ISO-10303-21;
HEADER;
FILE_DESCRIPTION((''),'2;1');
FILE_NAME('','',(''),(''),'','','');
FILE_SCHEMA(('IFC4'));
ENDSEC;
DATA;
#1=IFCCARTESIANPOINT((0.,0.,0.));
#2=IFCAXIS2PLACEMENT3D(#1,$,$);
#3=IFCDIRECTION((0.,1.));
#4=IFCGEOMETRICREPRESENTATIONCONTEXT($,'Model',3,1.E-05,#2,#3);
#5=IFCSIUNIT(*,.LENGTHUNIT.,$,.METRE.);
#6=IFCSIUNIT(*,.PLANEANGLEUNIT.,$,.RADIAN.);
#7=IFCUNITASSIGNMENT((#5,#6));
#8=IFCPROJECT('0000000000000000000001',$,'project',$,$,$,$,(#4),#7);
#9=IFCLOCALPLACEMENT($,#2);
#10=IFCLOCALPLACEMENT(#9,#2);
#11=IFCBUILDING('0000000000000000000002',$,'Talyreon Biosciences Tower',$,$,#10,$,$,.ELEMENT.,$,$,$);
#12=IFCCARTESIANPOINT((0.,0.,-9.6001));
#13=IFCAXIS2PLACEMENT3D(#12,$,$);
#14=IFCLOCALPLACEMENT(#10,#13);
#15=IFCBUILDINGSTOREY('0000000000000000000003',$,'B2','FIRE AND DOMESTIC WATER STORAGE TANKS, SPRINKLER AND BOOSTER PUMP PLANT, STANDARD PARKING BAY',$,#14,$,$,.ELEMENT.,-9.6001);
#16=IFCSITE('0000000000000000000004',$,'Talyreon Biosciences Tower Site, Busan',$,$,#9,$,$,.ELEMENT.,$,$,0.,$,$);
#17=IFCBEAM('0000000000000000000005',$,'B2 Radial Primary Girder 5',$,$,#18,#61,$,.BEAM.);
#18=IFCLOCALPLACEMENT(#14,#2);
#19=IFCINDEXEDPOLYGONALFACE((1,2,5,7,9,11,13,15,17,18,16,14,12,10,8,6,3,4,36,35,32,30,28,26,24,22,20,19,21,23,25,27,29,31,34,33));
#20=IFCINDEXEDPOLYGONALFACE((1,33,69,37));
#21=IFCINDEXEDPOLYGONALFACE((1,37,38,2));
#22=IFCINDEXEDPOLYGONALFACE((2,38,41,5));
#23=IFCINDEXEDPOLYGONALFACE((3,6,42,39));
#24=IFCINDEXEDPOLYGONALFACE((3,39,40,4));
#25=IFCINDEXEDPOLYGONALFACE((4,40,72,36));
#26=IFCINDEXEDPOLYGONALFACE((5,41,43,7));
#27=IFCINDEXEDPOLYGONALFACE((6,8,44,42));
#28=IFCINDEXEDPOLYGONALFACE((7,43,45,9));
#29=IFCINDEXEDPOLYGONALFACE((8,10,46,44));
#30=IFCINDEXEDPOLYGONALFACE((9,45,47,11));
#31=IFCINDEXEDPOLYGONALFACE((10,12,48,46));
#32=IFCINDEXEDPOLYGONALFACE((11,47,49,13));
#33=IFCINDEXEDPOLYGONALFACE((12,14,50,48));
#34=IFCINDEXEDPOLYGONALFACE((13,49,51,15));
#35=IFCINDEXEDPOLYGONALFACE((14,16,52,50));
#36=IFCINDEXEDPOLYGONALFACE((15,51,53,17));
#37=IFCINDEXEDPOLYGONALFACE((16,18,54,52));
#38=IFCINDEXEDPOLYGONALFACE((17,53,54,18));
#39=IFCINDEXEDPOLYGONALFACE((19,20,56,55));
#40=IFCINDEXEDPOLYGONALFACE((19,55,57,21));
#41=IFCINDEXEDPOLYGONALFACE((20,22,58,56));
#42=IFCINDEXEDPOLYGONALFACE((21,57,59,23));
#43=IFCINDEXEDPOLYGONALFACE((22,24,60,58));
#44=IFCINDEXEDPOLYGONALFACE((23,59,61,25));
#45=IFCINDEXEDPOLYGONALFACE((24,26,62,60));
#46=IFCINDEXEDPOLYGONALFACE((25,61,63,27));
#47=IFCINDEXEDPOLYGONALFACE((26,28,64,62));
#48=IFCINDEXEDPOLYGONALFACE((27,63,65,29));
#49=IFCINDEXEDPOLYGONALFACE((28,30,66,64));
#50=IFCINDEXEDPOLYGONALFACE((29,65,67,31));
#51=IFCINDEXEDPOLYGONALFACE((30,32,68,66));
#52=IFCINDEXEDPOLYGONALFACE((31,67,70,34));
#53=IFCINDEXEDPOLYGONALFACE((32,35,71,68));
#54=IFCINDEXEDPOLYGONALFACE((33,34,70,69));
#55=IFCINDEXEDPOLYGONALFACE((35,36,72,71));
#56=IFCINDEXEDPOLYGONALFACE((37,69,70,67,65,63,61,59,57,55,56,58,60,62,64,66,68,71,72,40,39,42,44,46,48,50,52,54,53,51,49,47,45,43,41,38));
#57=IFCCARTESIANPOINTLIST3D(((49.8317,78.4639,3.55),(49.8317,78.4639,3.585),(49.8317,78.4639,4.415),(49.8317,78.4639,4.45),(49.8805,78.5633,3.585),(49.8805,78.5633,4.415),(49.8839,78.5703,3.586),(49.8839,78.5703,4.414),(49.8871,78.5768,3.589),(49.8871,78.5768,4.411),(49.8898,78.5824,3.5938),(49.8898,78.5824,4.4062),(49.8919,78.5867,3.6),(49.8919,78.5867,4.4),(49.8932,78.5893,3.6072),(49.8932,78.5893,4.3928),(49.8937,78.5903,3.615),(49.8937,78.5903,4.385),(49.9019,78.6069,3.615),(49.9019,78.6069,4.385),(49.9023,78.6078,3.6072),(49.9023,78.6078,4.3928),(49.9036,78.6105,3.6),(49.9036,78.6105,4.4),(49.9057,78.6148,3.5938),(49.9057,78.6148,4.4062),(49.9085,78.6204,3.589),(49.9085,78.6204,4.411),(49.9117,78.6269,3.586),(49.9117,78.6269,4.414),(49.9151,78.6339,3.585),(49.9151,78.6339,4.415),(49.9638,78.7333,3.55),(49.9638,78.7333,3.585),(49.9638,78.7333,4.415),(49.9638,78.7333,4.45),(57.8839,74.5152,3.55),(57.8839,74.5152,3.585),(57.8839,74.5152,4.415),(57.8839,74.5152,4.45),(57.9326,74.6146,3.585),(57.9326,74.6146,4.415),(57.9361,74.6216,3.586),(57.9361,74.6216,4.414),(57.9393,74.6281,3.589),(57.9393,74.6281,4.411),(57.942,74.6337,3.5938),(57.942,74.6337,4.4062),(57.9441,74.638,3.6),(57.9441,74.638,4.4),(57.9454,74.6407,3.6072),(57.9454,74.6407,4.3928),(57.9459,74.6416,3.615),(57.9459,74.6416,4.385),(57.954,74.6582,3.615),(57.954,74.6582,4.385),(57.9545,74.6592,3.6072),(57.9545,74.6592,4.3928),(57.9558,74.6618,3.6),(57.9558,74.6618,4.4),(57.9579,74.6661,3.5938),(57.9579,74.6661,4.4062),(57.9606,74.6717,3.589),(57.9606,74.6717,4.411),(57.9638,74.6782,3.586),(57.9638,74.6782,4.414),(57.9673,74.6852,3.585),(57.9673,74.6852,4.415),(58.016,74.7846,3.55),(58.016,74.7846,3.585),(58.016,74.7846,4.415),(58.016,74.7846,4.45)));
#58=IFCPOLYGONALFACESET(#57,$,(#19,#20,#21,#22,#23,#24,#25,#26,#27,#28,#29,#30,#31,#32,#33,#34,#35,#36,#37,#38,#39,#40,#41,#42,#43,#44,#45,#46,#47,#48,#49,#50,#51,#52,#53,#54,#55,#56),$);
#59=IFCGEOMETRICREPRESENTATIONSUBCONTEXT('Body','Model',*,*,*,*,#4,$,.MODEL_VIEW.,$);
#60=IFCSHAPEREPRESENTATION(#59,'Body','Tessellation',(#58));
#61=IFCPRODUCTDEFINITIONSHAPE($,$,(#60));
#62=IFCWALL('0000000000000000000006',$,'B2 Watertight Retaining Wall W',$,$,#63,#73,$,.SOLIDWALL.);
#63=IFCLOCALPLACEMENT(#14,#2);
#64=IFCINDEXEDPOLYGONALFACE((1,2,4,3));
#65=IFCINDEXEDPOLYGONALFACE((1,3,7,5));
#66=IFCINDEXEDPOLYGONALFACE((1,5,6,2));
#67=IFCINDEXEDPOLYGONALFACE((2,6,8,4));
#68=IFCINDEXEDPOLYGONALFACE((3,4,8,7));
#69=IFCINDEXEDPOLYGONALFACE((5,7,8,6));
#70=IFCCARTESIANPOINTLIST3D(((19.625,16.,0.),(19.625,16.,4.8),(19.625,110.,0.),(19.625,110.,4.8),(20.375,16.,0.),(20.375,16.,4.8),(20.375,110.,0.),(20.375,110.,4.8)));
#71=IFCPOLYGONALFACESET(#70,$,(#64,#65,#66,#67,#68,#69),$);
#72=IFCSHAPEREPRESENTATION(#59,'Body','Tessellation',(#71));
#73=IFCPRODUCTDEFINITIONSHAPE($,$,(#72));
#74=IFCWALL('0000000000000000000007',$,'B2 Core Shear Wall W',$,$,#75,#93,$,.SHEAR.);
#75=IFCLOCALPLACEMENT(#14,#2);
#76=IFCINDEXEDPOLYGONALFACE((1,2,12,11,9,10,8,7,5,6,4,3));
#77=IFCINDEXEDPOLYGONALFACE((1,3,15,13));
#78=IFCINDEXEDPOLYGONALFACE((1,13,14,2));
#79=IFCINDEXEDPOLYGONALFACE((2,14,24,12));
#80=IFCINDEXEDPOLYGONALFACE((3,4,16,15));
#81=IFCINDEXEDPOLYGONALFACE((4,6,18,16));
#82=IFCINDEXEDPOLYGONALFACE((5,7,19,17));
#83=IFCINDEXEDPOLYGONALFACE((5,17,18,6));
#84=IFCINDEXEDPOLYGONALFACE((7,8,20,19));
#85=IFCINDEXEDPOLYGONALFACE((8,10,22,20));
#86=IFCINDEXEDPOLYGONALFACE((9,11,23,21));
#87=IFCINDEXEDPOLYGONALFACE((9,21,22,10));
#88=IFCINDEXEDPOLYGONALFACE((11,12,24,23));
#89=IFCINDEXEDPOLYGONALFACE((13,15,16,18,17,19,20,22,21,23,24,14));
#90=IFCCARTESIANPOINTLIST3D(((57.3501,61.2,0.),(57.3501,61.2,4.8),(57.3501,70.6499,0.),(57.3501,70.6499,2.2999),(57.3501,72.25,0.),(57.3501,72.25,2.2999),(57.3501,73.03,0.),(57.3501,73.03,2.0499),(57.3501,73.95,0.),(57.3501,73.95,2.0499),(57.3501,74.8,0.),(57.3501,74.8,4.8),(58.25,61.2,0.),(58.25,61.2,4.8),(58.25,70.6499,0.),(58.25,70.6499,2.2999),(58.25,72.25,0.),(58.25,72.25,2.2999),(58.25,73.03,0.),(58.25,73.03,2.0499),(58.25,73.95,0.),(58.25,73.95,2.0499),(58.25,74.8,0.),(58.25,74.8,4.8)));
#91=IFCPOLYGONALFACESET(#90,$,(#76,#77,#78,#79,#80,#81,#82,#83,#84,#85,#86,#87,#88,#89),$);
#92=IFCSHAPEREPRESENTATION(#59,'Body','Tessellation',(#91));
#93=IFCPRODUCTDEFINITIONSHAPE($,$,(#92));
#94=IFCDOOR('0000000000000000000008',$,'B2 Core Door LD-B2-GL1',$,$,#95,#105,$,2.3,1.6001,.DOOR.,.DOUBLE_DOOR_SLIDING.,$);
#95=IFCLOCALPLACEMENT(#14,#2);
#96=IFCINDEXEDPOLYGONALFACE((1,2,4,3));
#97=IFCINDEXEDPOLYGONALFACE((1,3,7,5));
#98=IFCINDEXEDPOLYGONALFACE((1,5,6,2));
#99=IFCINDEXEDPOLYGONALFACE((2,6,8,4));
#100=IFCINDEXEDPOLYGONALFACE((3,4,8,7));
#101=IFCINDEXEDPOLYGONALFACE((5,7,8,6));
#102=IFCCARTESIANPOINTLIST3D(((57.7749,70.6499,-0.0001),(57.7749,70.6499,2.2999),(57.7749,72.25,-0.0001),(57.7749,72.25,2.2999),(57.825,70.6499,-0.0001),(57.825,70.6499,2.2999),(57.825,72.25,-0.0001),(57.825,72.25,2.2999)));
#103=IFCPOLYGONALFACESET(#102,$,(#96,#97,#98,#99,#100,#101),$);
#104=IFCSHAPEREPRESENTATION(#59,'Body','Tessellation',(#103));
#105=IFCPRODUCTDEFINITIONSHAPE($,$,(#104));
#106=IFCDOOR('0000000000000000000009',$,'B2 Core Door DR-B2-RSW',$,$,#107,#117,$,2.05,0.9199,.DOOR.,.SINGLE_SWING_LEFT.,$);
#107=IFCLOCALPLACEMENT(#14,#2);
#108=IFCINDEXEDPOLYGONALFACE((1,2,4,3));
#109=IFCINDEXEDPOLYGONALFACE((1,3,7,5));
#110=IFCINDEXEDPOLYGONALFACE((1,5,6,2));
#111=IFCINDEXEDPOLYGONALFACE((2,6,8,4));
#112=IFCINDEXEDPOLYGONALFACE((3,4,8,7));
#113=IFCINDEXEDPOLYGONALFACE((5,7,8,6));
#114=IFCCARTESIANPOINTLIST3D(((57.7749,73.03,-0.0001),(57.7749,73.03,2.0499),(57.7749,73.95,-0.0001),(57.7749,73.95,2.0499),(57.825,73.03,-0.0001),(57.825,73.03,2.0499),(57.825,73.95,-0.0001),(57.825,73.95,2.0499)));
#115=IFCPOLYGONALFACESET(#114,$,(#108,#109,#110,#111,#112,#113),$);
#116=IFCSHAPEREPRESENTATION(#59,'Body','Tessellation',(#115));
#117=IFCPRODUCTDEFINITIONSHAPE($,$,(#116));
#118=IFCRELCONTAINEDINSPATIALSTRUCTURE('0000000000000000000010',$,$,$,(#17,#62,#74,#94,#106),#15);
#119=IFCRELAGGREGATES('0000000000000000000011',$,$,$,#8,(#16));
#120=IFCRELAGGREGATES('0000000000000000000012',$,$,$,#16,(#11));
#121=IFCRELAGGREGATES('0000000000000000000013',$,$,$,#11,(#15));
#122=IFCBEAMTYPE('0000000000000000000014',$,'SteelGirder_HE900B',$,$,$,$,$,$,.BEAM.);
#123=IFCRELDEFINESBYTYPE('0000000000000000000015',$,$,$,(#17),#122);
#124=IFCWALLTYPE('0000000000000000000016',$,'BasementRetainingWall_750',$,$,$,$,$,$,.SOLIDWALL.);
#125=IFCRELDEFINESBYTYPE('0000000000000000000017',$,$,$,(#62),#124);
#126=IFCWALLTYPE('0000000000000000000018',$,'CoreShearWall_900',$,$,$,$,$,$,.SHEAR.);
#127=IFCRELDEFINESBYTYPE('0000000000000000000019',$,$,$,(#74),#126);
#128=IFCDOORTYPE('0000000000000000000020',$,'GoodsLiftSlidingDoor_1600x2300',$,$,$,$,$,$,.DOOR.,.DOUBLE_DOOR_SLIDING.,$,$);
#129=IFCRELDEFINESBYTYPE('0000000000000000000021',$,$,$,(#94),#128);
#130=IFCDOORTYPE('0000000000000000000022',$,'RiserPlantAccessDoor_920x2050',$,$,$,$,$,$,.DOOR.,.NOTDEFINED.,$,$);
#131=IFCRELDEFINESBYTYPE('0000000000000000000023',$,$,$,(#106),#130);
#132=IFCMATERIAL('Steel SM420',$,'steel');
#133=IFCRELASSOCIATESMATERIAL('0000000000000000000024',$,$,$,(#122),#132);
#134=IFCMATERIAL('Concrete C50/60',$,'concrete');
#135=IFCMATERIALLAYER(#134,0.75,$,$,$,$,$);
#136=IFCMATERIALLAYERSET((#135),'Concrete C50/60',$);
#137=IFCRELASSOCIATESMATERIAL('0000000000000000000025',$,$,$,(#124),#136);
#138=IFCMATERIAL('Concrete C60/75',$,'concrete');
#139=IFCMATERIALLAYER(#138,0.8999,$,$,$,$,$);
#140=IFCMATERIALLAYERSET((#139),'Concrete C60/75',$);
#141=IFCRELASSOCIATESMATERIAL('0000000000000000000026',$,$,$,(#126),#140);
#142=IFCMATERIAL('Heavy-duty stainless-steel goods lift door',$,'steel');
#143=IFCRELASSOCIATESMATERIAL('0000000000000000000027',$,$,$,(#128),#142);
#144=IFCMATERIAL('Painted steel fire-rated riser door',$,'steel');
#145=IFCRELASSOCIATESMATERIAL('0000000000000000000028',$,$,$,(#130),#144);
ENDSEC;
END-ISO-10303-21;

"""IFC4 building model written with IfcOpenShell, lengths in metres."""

from ifc_helpers import new_model, si_unit, direction, frame, frame_2d, origin, origin_2d, place, context, subcontext, project, spatial, rectangle, i_section, extrude, material, layer, layer_set, material_profile, profile_set, type_object, element, fill, save


model = new_model("IFC4")

# Units and contexts
model_context = context("Model", 3, precision=1e-05, world=origin(), true_north=direction((0.0, 1.0)))
body_context = subcontext(model_context, "Body", "Model", "MODEL_VIEW")
ifc_project = project(units=[si_unit("LENGTHUNIT", "METRE"), si_unit("PLANEANGLEUNIT", "RADIAN")], contexts=[model_context])

# Site, building, storey
site_placement = place(None, origin())
site = spatial("IfcSite", under=ifc_project, at=site_placement, Name="Talyreon Biosciences Tower Site, Busan", CompositionType="ELEMENT", RefElevation=0.0)
building_placement = place(site_placement, origin())
building = spatial("IfcBuilding", under=site, at=building_placement, Name="Talyreon Biosciences Tower", CompositionType="ELEMENT")
storey_placement = place(building_placement, frame((0.0, 0.0, -9.6001)))
storey = spatial("IfcBuildingStorey", under=building, at=storey_placement, Name="B2", Description="FIRE AND DOMESTIC WATER STORAGE TANKS, SPRINKLER AND BOOSTER PUMP PLANT, STANDARD PARKING BAY", CompositionType="ELEMENT", Elevation=-9.6001)

# Shared definitions
ifc_material_1 = material(Name="Concrete C50/60", Category="concrete")

# Shared definitions
ifc_material_2 = material(Name="Concrete C60/75", Category="concrete")

# Beam
ifc_material_3 = material(Name="Steel SM420", Category="steel")
ifc_material_profile_1 = material_profile(ifc_material_3, i_section(OverallWidth=0.3, OverallDepth=0.8999, WebThickness=0.0186, FlangeThickness=0.0349, FilletRadius=0.03, at=origin_2d()), Name="HE900B")
ifc_profile_set_1 = profile_set([ifc_material_profile_1], Name="Steel SM420")
beam_type_1 = type_object("IfcBeamType", Name="SteelGirder_HE900B", PredefinedType="BEAM", material=ifc_profile_set_1)
beam_1_placement = place(storey_placement, frame((57.95, 74.6499, 4.0), z_axis=(-0.897852, 0.440297, 0.0), x_axis=(-0.440297, -0.897852, 0.0)))
element("IfcBeam", 1, at=beam_1_placement, inside=storey, type_object=beam_type_1, Name="B2 Radial Primary Girder 5", PredefinedType="BEAM", context=body_context, shape_type="SweptSolid", body=[
    extrude(i_section(OverallWidth=0.3, OverallDepth=0.8999, WebThickness=0.0186, FlangeThickness=0.0349, FilletRadius=0.03, at=origin_2d()), origin(), (0.0, 0.0, 1.0), 8.9683),
])

# Wall
ifc_layer_1 = layer(ifc_material_1, 0.75)
ifc_layer_set_1 = layer_set([ifc_layer_1], Name="Concrete C50/60")
wall_type_1 = type_object("IfcWallType", Name="BasementRetainingWall_750", PredefinedType="SOLIDWALL", material=ifc_layer_set_1)
wall_1_placement = place(storey_placement, frame((20.0, 110.0, 0.0), z_axis=(0.0, 0.0, 1.0), x_axis=(0.0, -1.0, 0.0)))
element("IfcWall", 2, at=wall_1_placement, inside=storey, type_object=wall_type_1, Name="B2 Watertight Retaining Wall W", PredefinedType="SOLIDWALL", context=body_context, shape_type="SweptSolid", body=[
    extrude(rectangle(XDim=94.0, YDim=0.75, at=frame_2d((47.0, 0.0))), origin(), (0.0, 0.0, 1.0), 4.8),
])

# Wall, openings, doors
ifc_layer_2 = layer(ifc_material_2, 0.8999)
ifc_layer_set_2 = layer_set([ifc_layer_2], Name="Concrete C60/75")
wall_type_2 = type_object("IfcWallType", Name="CoreShearWall_900", PredefinedType="SHEAR", material=ifc_layer_set_2)
wall_2_placement = place(storey_placement, frame((57.8, 74.8, 0.0), z_axis=(0.0, 0.0, 1.0), x_axis=(0.0, -1.0, 0.0)))
wall_2 = element("IfcWall", 3, at=wall_2_placement, inside=storey, type_object=wall_type_2, Name="B2 Core Shear Wall W", PredefinedType="SHEAR", context=body_context, shape_type="SweptSolid", body=[
    extrude(rectangle(XDim=13.6001, YDim=0.8999, at=frame_2d((6.8, 0.0))), origin(), (0.0, 0.0, 1.0), 4.8),
])
opening_1_placement = place(wall_2_placement, frame((0.8501, 0.0, 0.0)))
opening_1 = element("IfcOpeningElement", 4, at=opening_1_placement, cuts=wall_2, PredefinedType="OPENING", context=body_context, shape_type="SweptSolid", body=[
    extrude(rectangle(XDim=0.9199, YDim=2.05, at=frame_2d((0.46, 1.0249))), frame((0.0, 0.46, 0.0), z_axis=(0.0, -1.0, 0.0), x_axis=(1.0, 0.0, 0.0)), (0.0, 0.0, 1.0), 0.9199),
])
opening_2_placement = place(wall_2_placement, frame((2.55, 0.0, 0.0)))
opening_2 = element("IfcOpeningElement", 5, at=opening_2_placement, cuts=wall_2, PredefinedType="OPENING", context=body_context, shape_type="SweptSolid", body=[
    extrude(rectangle(XDim=1.6001, YDim=2.3, at=frame_2d((0.8, 1.1499))), frame((0.0, 0.46, 0.0), z_axis=(0.0, -1.0, 0.0), x_axis=(1.0, 0.0, 0.0)), (0.0, 0.0, 1.0), 0.9199),
])
ifc_material_4 = material(Name="Heavy-duty stainless-steel goods lift door", Category="steel")
door_type_1 = type_object("IfcDoorType", Name="GoodsLiftSlidingDoor_1600x2300", OperationType="DOUBLE_DOOR_SLIDING", PredefinedType="DOOR", material=ifc_material_4)
door_1_placement = place(opening_2_placement, origin())
door_1 = element("IfcDoor", 6, at=door_1_placement, inside=storey, type_object=door_type_1, Name="B2 Core Door LD-B2-GL1", OperationType="DOUBLE_DOOR_SLIDING", OverallHeight=2.3, OverallWidth=1.6001, PredefinedType="DOOR", context=body_context, shape_type="SweptSolid", body=[
    extrude(rectangle(XDim=1.6001, YDim=2.3, at=frame_2d((0.8, 1.1499))), frame((0.0, 0.0249, 0.0), z_axis=(0.0, -1.0, 0.0), x_axis=(1.0, 0.0, 0.0)), (0.0, 0.0, 1.0), 0.05),
])
fill(opening_2, door_1)
ifc_material_5 = material(Name="Painted steel fire-rated riser door", Category="steel")
door_type_2 = type_object("IfcDoorType", Name="RiserPlantAccessDoor_920x2050", OperationType="NOTDEFINED", PredefinedType="DOOR", material=ifc_material_5)
door_2_placement = place(opening_1_placement, origin())
door_2 = element("IfcDoor", 7, at=door_2_placement, inside=storey, type_object=door_type_2, Name="B2 Core Door DR-B2-RSW", OperationType="SINGLE_SWING_LEFT", OverallHeight=2.05, OverallWidth=0.9199, PredefinedType="DOOR", context=body_context, shape_type="SweptSolid", body=[
    extrude(rectangle(XDim=0.9199, YDim=2.05, at=frame_2d((0.46, 1.0249))), frame((0.0, 0.0249, 0.0), z_axis=(0.0, -1.0, 0.0), x_axis=(1.0, 0.0, 0.0)), (0.0, 0.0, 1.0), 0.05),
])
fill(opening_1, door_2)

save(model, "model.ifc")
